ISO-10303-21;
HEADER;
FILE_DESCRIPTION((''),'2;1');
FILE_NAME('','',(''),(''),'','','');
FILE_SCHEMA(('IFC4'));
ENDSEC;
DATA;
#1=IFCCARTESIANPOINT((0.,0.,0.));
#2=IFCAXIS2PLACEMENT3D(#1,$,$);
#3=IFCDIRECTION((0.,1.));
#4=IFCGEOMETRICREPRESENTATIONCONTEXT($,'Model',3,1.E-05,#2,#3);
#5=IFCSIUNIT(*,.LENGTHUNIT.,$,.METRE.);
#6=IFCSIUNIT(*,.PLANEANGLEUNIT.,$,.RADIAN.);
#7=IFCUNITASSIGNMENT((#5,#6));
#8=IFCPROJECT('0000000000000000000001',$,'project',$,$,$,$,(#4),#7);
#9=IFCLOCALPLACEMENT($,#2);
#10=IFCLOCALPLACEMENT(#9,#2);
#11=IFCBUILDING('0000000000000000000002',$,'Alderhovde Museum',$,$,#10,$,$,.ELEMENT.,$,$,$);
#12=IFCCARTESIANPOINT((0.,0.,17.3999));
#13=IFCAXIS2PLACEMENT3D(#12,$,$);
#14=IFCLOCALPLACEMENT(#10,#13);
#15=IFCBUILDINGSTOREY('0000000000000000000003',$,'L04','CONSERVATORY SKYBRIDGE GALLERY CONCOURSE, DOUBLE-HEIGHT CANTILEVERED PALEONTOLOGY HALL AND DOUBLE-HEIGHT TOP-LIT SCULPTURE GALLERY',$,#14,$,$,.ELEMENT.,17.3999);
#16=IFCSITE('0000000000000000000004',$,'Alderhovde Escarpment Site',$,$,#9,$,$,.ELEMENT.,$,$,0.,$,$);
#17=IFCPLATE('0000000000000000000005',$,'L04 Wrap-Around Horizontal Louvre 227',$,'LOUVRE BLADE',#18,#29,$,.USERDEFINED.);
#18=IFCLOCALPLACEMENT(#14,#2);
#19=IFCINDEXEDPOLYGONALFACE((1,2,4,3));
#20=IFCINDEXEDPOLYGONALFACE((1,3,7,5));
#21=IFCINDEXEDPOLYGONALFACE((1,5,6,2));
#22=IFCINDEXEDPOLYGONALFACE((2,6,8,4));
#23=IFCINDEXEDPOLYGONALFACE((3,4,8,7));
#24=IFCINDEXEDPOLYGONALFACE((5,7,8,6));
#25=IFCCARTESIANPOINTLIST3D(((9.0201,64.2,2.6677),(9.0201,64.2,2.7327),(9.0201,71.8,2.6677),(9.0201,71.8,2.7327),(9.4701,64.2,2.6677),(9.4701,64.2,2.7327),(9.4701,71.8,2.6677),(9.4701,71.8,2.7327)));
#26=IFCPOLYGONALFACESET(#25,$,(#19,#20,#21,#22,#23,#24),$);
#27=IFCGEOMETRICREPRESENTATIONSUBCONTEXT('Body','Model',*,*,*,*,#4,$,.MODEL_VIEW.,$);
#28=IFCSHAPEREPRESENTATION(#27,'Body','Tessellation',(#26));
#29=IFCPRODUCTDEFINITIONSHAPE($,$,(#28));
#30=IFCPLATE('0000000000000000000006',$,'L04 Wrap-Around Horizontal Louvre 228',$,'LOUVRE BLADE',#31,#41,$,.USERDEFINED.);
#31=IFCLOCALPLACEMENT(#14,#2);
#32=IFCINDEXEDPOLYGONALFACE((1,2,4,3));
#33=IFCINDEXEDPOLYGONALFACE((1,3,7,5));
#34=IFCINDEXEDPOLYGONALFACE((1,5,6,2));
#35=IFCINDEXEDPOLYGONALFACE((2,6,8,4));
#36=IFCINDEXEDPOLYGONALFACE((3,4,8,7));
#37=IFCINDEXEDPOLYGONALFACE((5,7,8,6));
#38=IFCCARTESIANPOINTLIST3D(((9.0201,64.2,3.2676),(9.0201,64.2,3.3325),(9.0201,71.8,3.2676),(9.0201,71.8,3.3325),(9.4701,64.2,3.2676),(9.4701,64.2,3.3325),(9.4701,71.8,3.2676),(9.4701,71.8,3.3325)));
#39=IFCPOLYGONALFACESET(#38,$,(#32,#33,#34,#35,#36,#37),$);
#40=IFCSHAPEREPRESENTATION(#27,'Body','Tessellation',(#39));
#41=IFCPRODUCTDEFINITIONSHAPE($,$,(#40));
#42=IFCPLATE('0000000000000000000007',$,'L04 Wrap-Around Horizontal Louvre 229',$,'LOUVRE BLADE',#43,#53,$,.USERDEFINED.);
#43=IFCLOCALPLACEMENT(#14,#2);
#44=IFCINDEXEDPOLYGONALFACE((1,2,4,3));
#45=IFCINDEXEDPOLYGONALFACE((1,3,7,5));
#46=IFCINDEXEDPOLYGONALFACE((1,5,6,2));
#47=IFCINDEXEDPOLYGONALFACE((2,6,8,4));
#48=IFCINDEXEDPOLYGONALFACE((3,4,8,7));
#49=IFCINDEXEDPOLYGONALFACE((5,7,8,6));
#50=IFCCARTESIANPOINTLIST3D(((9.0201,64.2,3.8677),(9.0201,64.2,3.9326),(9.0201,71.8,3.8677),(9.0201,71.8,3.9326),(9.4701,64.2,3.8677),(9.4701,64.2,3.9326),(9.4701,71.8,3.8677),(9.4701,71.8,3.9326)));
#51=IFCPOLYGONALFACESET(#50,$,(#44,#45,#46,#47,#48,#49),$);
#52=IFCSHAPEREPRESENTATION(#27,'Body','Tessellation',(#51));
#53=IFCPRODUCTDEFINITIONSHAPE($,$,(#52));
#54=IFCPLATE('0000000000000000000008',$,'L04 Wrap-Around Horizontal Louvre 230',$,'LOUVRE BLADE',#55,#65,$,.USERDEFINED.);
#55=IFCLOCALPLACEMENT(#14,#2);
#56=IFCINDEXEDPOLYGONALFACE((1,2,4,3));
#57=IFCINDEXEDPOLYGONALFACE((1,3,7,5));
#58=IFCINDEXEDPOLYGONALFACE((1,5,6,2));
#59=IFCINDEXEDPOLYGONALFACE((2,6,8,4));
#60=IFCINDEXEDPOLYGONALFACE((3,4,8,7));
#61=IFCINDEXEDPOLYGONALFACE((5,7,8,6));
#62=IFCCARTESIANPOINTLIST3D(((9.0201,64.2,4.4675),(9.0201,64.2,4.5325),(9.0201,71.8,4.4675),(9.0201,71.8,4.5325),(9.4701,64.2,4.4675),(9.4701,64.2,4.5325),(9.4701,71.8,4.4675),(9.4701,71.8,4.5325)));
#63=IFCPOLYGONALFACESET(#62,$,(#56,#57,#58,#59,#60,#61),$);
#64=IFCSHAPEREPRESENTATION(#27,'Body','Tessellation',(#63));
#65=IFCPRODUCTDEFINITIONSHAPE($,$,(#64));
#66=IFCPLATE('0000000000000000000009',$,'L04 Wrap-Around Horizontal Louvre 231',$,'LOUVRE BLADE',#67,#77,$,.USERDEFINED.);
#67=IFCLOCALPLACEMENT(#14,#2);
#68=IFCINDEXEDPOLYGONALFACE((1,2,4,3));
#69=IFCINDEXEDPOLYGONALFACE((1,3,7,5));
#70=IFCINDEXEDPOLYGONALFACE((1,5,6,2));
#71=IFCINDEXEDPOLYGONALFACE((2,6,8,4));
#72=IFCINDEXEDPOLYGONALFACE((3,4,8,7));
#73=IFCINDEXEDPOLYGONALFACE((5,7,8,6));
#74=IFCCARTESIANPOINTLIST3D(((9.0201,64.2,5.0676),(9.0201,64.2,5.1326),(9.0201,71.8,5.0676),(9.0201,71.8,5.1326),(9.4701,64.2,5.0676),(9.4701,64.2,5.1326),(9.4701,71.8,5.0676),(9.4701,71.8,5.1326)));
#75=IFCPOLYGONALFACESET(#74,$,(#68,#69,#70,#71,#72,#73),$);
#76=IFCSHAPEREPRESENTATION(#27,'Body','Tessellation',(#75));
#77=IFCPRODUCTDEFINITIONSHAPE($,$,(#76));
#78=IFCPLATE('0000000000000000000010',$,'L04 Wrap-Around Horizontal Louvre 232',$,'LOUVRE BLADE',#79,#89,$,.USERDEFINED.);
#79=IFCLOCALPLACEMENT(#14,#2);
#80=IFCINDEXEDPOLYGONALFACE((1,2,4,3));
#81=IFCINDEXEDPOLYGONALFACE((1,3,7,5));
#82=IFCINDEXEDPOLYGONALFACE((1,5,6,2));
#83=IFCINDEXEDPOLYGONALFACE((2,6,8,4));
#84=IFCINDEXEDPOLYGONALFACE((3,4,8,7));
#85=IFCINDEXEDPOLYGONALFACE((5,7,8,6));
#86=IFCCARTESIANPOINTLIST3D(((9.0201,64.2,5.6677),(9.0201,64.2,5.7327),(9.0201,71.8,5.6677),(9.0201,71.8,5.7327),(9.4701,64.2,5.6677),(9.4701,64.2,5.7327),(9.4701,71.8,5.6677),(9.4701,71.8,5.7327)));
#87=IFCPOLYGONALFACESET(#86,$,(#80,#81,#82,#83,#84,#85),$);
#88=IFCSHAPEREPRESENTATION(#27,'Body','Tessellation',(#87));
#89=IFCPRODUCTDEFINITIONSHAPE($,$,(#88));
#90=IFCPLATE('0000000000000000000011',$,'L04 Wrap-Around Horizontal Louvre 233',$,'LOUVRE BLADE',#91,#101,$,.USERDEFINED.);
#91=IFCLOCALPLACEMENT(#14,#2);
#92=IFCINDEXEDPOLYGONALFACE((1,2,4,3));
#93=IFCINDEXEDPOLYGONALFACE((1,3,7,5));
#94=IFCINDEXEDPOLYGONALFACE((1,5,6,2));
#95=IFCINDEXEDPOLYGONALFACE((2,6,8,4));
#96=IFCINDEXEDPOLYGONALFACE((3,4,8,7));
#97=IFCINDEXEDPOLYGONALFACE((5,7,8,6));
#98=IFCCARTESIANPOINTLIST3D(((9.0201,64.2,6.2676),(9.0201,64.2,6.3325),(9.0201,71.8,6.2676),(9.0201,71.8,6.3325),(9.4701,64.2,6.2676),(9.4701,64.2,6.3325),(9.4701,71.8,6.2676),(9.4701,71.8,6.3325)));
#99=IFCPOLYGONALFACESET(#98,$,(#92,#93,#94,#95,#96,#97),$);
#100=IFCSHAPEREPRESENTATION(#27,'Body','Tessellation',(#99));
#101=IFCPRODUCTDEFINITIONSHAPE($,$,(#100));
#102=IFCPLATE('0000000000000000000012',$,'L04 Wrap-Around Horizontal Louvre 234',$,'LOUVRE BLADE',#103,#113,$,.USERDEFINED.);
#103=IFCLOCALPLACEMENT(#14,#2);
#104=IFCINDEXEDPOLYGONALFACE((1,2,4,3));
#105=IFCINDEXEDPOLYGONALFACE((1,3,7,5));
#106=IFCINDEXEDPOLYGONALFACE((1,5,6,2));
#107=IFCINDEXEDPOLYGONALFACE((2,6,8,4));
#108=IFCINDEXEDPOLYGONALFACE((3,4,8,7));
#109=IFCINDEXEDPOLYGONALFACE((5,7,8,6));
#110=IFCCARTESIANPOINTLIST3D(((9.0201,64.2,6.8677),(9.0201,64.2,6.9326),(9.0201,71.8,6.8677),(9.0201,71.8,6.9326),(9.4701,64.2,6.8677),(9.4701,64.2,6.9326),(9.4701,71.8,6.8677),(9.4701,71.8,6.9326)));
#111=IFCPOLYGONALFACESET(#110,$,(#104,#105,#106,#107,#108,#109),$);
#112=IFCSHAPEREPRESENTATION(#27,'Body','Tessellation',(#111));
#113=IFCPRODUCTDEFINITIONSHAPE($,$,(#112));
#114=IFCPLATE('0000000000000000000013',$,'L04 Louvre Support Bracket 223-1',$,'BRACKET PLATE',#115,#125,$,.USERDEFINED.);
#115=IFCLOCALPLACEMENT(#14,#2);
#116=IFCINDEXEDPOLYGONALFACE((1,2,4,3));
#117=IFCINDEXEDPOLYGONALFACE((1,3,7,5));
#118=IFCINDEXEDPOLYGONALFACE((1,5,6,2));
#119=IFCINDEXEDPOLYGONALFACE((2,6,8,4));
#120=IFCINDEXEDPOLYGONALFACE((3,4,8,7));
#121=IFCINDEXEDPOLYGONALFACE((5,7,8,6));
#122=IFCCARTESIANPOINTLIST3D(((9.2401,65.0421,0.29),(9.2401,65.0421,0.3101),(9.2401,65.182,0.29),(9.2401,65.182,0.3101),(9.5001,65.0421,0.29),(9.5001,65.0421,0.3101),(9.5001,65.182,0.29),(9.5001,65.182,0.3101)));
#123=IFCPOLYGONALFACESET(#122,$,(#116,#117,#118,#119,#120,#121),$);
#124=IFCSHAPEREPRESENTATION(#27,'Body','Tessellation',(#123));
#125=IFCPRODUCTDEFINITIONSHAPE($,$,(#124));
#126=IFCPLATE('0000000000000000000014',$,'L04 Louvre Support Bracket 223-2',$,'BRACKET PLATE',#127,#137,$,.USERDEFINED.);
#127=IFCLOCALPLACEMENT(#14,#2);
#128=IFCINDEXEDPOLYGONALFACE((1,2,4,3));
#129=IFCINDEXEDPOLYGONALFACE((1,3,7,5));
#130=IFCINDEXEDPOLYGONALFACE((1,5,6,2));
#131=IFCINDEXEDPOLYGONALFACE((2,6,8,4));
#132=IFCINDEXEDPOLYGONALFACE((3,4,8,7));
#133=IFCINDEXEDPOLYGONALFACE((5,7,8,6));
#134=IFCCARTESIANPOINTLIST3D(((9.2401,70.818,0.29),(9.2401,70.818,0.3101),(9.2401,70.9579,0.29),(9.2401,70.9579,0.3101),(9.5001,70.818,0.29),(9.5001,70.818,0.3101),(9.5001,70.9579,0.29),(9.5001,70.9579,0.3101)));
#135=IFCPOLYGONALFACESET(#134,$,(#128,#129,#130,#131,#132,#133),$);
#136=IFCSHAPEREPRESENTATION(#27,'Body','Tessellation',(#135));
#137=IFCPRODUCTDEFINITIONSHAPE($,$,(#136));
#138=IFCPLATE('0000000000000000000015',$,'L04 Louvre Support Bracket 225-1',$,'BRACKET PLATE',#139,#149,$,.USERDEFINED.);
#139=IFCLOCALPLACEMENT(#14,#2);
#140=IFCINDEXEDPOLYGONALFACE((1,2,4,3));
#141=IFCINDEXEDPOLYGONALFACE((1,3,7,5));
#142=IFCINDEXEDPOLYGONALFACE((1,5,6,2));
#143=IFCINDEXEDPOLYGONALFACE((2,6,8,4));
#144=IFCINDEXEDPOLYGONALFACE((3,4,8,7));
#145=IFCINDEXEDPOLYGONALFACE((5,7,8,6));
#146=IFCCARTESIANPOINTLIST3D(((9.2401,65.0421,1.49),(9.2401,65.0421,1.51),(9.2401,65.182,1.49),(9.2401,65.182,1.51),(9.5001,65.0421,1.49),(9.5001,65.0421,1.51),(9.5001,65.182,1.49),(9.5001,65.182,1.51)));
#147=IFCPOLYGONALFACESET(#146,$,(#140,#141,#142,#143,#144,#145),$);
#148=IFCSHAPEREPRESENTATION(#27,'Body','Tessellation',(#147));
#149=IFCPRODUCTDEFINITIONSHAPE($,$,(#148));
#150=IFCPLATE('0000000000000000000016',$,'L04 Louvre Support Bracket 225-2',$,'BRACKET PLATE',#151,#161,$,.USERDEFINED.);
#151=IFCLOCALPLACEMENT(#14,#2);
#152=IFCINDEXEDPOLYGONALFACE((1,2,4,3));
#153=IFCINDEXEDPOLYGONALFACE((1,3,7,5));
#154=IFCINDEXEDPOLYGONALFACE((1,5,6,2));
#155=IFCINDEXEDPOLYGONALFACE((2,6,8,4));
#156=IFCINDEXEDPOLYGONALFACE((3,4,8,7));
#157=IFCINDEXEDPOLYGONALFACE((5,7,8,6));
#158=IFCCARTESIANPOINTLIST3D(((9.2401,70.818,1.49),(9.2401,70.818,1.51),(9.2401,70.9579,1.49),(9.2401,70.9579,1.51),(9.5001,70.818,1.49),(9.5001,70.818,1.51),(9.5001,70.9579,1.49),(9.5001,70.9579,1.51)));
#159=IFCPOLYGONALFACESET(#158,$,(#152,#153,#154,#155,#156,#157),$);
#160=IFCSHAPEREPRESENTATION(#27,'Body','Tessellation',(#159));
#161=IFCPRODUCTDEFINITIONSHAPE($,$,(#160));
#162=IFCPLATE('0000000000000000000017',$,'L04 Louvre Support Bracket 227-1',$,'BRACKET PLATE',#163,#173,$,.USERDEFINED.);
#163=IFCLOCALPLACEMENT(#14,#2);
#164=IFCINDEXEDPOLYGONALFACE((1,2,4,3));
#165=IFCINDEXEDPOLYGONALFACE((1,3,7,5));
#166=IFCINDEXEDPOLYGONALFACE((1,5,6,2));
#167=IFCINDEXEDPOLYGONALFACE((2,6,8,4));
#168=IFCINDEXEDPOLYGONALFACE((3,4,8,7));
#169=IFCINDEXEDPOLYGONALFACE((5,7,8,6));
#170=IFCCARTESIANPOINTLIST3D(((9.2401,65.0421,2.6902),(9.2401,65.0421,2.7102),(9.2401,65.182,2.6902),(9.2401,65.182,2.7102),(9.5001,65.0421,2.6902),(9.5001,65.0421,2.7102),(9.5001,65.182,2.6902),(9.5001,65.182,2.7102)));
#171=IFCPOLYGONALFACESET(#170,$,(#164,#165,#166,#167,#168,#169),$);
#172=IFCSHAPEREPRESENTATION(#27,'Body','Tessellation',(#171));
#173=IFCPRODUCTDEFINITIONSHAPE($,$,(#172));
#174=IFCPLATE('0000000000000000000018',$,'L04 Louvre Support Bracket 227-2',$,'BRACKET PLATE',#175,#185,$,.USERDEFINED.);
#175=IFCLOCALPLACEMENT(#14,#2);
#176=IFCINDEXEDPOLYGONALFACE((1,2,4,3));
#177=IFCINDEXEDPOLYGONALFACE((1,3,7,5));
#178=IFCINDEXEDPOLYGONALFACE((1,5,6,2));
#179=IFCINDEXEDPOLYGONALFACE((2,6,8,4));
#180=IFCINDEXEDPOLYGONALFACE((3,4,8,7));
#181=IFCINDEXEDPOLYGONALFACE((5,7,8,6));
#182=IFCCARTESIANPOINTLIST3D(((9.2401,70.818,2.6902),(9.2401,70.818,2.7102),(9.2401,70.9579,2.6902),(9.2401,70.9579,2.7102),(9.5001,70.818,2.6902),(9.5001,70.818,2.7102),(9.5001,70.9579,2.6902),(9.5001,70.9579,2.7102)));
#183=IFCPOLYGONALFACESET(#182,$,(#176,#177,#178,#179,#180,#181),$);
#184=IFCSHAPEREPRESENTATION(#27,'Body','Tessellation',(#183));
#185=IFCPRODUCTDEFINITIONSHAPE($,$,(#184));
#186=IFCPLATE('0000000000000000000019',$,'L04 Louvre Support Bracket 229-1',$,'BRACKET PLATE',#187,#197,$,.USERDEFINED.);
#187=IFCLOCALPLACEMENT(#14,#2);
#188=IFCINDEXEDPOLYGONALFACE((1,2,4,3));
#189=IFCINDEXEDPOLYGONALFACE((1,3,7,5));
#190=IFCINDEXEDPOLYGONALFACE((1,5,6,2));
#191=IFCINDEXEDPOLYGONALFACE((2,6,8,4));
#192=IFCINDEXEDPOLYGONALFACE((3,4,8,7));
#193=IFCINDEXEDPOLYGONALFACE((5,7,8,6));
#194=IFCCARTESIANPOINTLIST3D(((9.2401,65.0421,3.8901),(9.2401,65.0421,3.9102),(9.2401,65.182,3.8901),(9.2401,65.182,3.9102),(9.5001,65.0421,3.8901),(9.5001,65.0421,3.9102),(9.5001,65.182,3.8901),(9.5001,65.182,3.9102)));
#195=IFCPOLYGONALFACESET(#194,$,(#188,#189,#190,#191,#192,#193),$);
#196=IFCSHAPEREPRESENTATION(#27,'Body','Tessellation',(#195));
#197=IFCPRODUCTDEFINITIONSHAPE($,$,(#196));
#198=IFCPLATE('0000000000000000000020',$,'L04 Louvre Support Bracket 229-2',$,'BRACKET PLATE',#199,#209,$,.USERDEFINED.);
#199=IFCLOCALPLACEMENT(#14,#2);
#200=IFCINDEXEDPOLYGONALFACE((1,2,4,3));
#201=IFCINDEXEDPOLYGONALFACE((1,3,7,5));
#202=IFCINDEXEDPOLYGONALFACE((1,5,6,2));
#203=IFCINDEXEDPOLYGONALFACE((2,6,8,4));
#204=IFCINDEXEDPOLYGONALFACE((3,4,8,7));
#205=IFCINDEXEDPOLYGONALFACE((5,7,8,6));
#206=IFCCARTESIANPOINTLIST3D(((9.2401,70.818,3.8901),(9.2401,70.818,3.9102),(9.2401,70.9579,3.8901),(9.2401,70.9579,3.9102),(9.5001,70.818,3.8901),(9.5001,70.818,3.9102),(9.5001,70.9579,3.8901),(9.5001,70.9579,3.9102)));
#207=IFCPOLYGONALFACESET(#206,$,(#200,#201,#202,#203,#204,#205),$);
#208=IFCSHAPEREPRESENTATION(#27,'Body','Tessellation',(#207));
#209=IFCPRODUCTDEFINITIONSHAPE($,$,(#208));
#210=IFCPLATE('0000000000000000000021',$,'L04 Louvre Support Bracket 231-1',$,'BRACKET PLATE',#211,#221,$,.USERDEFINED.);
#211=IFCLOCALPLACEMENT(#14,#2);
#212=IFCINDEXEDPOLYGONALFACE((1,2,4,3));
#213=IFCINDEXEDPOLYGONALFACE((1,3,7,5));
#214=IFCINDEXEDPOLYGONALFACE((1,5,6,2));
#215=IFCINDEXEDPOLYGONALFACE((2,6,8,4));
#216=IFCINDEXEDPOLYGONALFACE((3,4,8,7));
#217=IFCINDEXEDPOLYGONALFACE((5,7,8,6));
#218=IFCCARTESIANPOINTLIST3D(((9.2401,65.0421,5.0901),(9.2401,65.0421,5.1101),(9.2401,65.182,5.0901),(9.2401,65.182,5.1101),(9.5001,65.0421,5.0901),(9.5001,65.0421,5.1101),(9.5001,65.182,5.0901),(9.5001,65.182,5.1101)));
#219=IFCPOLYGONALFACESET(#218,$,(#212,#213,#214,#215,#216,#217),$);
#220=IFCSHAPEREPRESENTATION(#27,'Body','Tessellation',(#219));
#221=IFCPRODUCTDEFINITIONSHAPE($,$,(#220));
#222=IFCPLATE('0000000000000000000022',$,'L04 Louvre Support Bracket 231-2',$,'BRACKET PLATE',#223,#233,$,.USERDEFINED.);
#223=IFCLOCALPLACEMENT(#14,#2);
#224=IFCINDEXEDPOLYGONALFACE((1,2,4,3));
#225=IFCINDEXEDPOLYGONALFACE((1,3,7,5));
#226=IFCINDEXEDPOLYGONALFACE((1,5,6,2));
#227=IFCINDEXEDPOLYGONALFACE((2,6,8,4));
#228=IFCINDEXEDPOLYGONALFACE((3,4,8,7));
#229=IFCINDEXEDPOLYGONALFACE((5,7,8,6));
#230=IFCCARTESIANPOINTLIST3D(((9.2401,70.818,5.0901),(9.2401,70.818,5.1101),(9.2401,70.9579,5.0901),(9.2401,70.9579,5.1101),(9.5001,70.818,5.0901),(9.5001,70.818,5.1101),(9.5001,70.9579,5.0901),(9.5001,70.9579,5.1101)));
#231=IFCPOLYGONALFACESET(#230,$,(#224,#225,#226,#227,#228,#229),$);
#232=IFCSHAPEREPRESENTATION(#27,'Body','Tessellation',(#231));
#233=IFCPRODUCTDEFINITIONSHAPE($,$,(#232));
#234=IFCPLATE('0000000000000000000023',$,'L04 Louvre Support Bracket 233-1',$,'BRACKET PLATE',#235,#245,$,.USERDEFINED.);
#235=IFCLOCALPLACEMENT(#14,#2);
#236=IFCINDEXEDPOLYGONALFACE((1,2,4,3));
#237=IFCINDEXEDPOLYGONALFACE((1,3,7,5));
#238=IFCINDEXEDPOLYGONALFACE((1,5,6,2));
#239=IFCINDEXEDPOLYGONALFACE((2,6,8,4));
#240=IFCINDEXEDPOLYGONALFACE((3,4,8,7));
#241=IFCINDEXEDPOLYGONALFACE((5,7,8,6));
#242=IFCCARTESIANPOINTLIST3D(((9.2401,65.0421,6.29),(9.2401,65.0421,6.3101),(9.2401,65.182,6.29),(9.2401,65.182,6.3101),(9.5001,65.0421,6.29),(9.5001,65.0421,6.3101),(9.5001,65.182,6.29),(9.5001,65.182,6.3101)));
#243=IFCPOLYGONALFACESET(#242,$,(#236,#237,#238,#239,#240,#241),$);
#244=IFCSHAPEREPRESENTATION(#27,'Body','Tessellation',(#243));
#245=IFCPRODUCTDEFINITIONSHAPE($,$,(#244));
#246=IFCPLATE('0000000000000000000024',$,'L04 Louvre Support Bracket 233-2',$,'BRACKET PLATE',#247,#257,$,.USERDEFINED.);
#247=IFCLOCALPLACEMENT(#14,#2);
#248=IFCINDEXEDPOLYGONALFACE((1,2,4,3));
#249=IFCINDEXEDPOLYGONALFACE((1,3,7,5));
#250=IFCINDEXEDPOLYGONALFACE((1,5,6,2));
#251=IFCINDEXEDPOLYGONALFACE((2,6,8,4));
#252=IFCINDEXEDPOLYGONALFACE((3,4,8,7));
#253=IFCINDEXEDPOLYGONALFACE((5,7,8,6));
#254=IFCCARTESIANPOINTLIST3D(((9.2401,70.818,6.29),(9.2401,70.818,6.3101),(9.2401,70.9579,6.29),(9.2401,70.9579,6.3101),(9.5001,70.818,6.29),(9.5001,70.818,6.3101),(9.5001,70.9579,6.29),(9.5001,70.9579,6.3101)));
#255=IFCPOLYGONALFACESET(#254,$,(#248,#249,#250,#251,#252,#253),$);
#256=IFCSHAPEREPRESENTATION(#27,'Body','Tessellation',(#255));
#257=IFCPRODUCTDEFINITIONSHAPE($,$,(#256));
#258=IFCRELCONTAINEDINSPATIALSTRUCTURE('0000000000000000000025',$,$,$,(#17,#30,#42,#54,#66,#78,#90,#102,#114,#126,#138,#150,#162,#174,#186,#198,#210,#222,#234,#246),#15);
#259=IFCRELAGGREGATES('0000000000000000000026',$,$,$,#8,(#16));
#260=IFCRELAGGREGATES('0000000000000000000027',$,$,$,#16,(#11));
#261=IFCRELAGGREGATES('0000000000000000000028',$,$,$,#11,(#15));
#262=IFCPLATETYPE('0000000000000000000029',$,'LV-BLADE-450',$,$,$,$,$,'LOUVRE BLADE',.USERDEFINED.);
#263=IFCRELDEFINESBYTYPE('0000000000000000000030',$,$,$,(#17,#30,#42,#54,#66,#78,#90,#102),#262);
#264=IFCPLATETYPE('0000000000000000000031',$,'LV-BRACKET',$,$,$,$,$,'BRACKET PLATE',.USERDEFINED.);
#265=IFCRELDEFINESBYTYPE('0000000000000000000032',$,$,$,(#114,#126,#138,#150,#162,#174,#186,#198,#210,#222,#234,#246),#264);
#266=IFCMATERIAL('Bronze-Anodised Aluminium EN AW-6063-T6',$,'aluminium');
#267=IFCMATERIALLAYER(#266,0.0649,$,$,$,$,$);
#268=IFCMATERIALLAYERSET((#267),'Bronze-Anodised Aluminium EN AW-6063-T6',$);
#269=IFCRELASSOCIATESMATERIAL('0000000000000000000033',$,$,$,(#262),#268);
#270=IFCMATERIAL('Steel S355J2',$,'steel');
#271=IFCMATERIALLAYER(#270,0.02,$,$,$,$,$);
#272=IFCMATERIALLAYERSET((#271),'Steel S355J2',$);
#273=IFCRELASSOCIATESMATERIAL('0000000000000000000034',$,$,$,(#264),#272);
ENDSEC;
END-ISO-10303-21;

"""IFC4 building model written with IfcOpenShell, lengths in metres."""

from ifc_helpers import new_model, si_unit, direction, frame, origin, origin_2d, place, context, subcontext, project, spatial, rectangle, extrude, material, layer, layer_set, type_object, element, save


model = new_model("IFC4")

# Units and contexts
model_context = context("Model", 3, precision=1e-05, world=origin(), true_north=direction((0.0, 1.0)))
body_context = subcontext(model_context, "Body", "Model", "MODEL_VIEW")
ifc_project = project(units=[si_unit("LENGTHUNIT", "METRE"), si_unit("PLANEANGLEUNIT", "RADIAN")], contexts=[model_context])

# Site, building, storey
site_placement = place(None, origin())
site = spatial("IfcSite", under=ifc_project, at=site_placement, Name="Alderhovde Escarpment Site", CompositionType="ELEMENT", RefElevation=0.0)
building_placement = place(site_placement, origin())
building = spatial("IfcBuilding", under=site, at=building_placement, Name="Alderhovde Museum", CompositionType="ELEMENT")
storey_placement = place(building_placement, frame((0.0, 0.0, 17.3999)))
storey = spatial("IfcBuildingStorey", under=building, at=storey_placement, Name="L04", Description="CONSERVATORY SKYBRIDGE GALLERY CONCOURSE, DOUBLE-HEIGHT CANTILEVERED PALEONTOLOGY HALL AND DOUBLE-HEIGHT TOP-LIT SCULPTURE GALLERY", CompositionType="ELEMENT", Elevation=17.3999)

# Plates
ifc_material_1 = material(Name="Bronze-Anodised Aluminium EN AW-6063-T6", Category="aluminium")
ifc_layer_1 = layer(ifc_material_1, 0.0649)
ifc_layer_set_1 = layer_set([ifc_layer_1], Name="Bronze-Anodised Aluminium EN AW-6063-T6")
plate_type_1 = type_object("IfcPlateType", Name="LV-BLADE-450", ElementType="LOUVRE BLADE", PredefinedType="USERDEFINED", material=ifc_layer_set_1)
for number, where, z_axis, x_axis, name in (
    (1, (9.2451, 68.0, 2.6677), (0.0, 0.0, 1.0), (0.0, 1.0, 0.0), "L04 Wrap-Around Horizontal Louvre 227"),
    (2, (9.2451, 68.0, 3.2676), (0.0, 0.0, 1.0), (0.0, 1.0, 0.0), "L04 Wrap-Around Horizontal Louvre 228"),
    (3, (9.2451, 68.0, 3.8677), (0.0, 0.0, 1.0), (0.0, 1.0, 0.0), "L04 Wrap-Around Horizontal Louvre 229"),
    (4, (9.2451, 68.0, 4.4675), (0.0, 0.0, 1.0), (0.0, 1.0, 0.0), "L04 Wrap-Around Horizontal Louvre 230"),
    (5, (9.2451, 68.0, 5.0676), (0.0, 0.0, 1.0), (0.0, 1.0, 0.0), "L04 Wrap-Around Horizontal Louvre 231"),
    (6, (9.2451, 68.0, 5.6677), (0.0, 0.0, 1.0), (0.0, 1.0, 0.0), "L04 Wrap-Around Horizontal Louvre 232"),
    (7, (9.2451, 68.0, 6.2676), (0.0, 0.0, 1.0), (0.0, 1.0, 0.0), "L04 Wrap-Around Horizontal Louvre 233"),
    (8, (9.2451, 68.0, 6.8677), (0.0, 0.0, 1.0), (0.0, 1.0, 0.0), "L04 Wrap-Around Horizontal Louvre 234"),
):
    element("IfcPlate", number, at=place(storey_placement, frame(where, z_axis=z_axis, x_axis=x_axis)), inside=storey, type_object=plate_type_1, Name=name, ObjectType="LOUVRE BLADE", PredefinedType="USERDEFINED", context=body_context, shape_type="SweptSolid", body=[
        extrude(rectangle(XDim=7.6001, YDim=0.45, at=origin_2d()), origin(), (0.0, 0.0, 1.0), 0.0649),
    ])
ifc_material_2 = material(Name="Steel S355J2", Category="steel")
ifc_layer_2 = layer(ifc_material_2, 0.02)
ifc_layer_set_2 = layer_set([ifc_layer_2], Name="Steel S355J2")
plate_type_2 = type_object("IfcPlateType", Name="LV-BRACKET", ElementType="BRACKET PLATE", PredefinedType="USERDEFINED", material=ifc_layer_set_2)
for number, where, z_axis, x_axis, name in (
    (9, (9.3701, 65.1121, 0.29), (0.0, 0.0, 1.0), (0.0, 1.0, 0.0), "L04 Louvre Support Bracket 223-1"),
    (10, (9.3701, 70.8879, 0.29), (0.0, 0.0, 1.0), (0.0, 1.0, 0.0), "L04 Louvre Support Bracket 223-2"),
    (11, (9.3701, 65.1121, 1.49), (0.0, 0.0, 1.0), (0.0, 1.0, 0.0), "L04 Louvre Support Bracket 225-1"),
    (12, (9.3701, 70.8879, 1.49), (0.0, 0.0, 1.0), (0.0, 1.0, 0.0), "L04 Louvre Support Bracket 225-2"),
    (13, (9.3701, 65.1121, 2.6902), (0.0, 0.0, 1.0), (0.0, 1.0, 0.0), "L04 Louvre Support Bracket 227-1"),
    (14, (9.3701, 70.8879, 2.6902), (0.0, 0.0, 1.0), (0.0, 1.0, 0.0), "L04 Louvre Support Bracket 227-2"),
    (15, (9.3701, 65.1121, 3.8901), (0.0, 0.0, 1.0), (0.0, 1.0, 0.0), "L04 Louvre Support Bracket 229-1"),
    (16, (9.3701, 70.8879, 3.8901), (0.0, 0.0, 1.0), (0.0, 1.0, 0.0), "L04 Louvre Support Bracket 229-2"),
    (17, (9.3701, 65.1121, 5.0901), (0.0, 0.0, 1.0), (0.0, 1.0, 0.0), "L04 Louvre Support Bracket 231-1"),
    (18, (9.3701, 70.8879, 5.0901), (0.0, 0.0, 1.0), (0.0, 1.0, 0.0), "L04 Louvre Support Bracket 231-2"),
    (19, (9.3701, 65.1121, 6.29), (0.0, 0.0, 1.0), (0.0, 1.0, 0.0), "L04 Louvre Support Bracket 233-1"),
    (20, (9.3701, 70.8879, 6.29), (0.0, 0.0, 1.0), (0.0, 1.0, 0.0), "L04 Louvre Support Bracket 233-2"),
):
    element("IfcPlate", number, at=place(storey_placement, frame(where, z_axis=z_axis, x_axis=x_axis)), inside=storey, type_object=plate_type_2, Name=name, ObjectType="BRACKET PLATE", PredefinedType="USERDEFINED", context=body_context, shape_type="SweptSolid", body=[
        extrude(rectangle(XDim=0.1399, YDim=0.26, at=origin_2d()), origin(), (0.0, 0.0, 1.0), 0.02),
    ])

save(model, "model.ifc")
